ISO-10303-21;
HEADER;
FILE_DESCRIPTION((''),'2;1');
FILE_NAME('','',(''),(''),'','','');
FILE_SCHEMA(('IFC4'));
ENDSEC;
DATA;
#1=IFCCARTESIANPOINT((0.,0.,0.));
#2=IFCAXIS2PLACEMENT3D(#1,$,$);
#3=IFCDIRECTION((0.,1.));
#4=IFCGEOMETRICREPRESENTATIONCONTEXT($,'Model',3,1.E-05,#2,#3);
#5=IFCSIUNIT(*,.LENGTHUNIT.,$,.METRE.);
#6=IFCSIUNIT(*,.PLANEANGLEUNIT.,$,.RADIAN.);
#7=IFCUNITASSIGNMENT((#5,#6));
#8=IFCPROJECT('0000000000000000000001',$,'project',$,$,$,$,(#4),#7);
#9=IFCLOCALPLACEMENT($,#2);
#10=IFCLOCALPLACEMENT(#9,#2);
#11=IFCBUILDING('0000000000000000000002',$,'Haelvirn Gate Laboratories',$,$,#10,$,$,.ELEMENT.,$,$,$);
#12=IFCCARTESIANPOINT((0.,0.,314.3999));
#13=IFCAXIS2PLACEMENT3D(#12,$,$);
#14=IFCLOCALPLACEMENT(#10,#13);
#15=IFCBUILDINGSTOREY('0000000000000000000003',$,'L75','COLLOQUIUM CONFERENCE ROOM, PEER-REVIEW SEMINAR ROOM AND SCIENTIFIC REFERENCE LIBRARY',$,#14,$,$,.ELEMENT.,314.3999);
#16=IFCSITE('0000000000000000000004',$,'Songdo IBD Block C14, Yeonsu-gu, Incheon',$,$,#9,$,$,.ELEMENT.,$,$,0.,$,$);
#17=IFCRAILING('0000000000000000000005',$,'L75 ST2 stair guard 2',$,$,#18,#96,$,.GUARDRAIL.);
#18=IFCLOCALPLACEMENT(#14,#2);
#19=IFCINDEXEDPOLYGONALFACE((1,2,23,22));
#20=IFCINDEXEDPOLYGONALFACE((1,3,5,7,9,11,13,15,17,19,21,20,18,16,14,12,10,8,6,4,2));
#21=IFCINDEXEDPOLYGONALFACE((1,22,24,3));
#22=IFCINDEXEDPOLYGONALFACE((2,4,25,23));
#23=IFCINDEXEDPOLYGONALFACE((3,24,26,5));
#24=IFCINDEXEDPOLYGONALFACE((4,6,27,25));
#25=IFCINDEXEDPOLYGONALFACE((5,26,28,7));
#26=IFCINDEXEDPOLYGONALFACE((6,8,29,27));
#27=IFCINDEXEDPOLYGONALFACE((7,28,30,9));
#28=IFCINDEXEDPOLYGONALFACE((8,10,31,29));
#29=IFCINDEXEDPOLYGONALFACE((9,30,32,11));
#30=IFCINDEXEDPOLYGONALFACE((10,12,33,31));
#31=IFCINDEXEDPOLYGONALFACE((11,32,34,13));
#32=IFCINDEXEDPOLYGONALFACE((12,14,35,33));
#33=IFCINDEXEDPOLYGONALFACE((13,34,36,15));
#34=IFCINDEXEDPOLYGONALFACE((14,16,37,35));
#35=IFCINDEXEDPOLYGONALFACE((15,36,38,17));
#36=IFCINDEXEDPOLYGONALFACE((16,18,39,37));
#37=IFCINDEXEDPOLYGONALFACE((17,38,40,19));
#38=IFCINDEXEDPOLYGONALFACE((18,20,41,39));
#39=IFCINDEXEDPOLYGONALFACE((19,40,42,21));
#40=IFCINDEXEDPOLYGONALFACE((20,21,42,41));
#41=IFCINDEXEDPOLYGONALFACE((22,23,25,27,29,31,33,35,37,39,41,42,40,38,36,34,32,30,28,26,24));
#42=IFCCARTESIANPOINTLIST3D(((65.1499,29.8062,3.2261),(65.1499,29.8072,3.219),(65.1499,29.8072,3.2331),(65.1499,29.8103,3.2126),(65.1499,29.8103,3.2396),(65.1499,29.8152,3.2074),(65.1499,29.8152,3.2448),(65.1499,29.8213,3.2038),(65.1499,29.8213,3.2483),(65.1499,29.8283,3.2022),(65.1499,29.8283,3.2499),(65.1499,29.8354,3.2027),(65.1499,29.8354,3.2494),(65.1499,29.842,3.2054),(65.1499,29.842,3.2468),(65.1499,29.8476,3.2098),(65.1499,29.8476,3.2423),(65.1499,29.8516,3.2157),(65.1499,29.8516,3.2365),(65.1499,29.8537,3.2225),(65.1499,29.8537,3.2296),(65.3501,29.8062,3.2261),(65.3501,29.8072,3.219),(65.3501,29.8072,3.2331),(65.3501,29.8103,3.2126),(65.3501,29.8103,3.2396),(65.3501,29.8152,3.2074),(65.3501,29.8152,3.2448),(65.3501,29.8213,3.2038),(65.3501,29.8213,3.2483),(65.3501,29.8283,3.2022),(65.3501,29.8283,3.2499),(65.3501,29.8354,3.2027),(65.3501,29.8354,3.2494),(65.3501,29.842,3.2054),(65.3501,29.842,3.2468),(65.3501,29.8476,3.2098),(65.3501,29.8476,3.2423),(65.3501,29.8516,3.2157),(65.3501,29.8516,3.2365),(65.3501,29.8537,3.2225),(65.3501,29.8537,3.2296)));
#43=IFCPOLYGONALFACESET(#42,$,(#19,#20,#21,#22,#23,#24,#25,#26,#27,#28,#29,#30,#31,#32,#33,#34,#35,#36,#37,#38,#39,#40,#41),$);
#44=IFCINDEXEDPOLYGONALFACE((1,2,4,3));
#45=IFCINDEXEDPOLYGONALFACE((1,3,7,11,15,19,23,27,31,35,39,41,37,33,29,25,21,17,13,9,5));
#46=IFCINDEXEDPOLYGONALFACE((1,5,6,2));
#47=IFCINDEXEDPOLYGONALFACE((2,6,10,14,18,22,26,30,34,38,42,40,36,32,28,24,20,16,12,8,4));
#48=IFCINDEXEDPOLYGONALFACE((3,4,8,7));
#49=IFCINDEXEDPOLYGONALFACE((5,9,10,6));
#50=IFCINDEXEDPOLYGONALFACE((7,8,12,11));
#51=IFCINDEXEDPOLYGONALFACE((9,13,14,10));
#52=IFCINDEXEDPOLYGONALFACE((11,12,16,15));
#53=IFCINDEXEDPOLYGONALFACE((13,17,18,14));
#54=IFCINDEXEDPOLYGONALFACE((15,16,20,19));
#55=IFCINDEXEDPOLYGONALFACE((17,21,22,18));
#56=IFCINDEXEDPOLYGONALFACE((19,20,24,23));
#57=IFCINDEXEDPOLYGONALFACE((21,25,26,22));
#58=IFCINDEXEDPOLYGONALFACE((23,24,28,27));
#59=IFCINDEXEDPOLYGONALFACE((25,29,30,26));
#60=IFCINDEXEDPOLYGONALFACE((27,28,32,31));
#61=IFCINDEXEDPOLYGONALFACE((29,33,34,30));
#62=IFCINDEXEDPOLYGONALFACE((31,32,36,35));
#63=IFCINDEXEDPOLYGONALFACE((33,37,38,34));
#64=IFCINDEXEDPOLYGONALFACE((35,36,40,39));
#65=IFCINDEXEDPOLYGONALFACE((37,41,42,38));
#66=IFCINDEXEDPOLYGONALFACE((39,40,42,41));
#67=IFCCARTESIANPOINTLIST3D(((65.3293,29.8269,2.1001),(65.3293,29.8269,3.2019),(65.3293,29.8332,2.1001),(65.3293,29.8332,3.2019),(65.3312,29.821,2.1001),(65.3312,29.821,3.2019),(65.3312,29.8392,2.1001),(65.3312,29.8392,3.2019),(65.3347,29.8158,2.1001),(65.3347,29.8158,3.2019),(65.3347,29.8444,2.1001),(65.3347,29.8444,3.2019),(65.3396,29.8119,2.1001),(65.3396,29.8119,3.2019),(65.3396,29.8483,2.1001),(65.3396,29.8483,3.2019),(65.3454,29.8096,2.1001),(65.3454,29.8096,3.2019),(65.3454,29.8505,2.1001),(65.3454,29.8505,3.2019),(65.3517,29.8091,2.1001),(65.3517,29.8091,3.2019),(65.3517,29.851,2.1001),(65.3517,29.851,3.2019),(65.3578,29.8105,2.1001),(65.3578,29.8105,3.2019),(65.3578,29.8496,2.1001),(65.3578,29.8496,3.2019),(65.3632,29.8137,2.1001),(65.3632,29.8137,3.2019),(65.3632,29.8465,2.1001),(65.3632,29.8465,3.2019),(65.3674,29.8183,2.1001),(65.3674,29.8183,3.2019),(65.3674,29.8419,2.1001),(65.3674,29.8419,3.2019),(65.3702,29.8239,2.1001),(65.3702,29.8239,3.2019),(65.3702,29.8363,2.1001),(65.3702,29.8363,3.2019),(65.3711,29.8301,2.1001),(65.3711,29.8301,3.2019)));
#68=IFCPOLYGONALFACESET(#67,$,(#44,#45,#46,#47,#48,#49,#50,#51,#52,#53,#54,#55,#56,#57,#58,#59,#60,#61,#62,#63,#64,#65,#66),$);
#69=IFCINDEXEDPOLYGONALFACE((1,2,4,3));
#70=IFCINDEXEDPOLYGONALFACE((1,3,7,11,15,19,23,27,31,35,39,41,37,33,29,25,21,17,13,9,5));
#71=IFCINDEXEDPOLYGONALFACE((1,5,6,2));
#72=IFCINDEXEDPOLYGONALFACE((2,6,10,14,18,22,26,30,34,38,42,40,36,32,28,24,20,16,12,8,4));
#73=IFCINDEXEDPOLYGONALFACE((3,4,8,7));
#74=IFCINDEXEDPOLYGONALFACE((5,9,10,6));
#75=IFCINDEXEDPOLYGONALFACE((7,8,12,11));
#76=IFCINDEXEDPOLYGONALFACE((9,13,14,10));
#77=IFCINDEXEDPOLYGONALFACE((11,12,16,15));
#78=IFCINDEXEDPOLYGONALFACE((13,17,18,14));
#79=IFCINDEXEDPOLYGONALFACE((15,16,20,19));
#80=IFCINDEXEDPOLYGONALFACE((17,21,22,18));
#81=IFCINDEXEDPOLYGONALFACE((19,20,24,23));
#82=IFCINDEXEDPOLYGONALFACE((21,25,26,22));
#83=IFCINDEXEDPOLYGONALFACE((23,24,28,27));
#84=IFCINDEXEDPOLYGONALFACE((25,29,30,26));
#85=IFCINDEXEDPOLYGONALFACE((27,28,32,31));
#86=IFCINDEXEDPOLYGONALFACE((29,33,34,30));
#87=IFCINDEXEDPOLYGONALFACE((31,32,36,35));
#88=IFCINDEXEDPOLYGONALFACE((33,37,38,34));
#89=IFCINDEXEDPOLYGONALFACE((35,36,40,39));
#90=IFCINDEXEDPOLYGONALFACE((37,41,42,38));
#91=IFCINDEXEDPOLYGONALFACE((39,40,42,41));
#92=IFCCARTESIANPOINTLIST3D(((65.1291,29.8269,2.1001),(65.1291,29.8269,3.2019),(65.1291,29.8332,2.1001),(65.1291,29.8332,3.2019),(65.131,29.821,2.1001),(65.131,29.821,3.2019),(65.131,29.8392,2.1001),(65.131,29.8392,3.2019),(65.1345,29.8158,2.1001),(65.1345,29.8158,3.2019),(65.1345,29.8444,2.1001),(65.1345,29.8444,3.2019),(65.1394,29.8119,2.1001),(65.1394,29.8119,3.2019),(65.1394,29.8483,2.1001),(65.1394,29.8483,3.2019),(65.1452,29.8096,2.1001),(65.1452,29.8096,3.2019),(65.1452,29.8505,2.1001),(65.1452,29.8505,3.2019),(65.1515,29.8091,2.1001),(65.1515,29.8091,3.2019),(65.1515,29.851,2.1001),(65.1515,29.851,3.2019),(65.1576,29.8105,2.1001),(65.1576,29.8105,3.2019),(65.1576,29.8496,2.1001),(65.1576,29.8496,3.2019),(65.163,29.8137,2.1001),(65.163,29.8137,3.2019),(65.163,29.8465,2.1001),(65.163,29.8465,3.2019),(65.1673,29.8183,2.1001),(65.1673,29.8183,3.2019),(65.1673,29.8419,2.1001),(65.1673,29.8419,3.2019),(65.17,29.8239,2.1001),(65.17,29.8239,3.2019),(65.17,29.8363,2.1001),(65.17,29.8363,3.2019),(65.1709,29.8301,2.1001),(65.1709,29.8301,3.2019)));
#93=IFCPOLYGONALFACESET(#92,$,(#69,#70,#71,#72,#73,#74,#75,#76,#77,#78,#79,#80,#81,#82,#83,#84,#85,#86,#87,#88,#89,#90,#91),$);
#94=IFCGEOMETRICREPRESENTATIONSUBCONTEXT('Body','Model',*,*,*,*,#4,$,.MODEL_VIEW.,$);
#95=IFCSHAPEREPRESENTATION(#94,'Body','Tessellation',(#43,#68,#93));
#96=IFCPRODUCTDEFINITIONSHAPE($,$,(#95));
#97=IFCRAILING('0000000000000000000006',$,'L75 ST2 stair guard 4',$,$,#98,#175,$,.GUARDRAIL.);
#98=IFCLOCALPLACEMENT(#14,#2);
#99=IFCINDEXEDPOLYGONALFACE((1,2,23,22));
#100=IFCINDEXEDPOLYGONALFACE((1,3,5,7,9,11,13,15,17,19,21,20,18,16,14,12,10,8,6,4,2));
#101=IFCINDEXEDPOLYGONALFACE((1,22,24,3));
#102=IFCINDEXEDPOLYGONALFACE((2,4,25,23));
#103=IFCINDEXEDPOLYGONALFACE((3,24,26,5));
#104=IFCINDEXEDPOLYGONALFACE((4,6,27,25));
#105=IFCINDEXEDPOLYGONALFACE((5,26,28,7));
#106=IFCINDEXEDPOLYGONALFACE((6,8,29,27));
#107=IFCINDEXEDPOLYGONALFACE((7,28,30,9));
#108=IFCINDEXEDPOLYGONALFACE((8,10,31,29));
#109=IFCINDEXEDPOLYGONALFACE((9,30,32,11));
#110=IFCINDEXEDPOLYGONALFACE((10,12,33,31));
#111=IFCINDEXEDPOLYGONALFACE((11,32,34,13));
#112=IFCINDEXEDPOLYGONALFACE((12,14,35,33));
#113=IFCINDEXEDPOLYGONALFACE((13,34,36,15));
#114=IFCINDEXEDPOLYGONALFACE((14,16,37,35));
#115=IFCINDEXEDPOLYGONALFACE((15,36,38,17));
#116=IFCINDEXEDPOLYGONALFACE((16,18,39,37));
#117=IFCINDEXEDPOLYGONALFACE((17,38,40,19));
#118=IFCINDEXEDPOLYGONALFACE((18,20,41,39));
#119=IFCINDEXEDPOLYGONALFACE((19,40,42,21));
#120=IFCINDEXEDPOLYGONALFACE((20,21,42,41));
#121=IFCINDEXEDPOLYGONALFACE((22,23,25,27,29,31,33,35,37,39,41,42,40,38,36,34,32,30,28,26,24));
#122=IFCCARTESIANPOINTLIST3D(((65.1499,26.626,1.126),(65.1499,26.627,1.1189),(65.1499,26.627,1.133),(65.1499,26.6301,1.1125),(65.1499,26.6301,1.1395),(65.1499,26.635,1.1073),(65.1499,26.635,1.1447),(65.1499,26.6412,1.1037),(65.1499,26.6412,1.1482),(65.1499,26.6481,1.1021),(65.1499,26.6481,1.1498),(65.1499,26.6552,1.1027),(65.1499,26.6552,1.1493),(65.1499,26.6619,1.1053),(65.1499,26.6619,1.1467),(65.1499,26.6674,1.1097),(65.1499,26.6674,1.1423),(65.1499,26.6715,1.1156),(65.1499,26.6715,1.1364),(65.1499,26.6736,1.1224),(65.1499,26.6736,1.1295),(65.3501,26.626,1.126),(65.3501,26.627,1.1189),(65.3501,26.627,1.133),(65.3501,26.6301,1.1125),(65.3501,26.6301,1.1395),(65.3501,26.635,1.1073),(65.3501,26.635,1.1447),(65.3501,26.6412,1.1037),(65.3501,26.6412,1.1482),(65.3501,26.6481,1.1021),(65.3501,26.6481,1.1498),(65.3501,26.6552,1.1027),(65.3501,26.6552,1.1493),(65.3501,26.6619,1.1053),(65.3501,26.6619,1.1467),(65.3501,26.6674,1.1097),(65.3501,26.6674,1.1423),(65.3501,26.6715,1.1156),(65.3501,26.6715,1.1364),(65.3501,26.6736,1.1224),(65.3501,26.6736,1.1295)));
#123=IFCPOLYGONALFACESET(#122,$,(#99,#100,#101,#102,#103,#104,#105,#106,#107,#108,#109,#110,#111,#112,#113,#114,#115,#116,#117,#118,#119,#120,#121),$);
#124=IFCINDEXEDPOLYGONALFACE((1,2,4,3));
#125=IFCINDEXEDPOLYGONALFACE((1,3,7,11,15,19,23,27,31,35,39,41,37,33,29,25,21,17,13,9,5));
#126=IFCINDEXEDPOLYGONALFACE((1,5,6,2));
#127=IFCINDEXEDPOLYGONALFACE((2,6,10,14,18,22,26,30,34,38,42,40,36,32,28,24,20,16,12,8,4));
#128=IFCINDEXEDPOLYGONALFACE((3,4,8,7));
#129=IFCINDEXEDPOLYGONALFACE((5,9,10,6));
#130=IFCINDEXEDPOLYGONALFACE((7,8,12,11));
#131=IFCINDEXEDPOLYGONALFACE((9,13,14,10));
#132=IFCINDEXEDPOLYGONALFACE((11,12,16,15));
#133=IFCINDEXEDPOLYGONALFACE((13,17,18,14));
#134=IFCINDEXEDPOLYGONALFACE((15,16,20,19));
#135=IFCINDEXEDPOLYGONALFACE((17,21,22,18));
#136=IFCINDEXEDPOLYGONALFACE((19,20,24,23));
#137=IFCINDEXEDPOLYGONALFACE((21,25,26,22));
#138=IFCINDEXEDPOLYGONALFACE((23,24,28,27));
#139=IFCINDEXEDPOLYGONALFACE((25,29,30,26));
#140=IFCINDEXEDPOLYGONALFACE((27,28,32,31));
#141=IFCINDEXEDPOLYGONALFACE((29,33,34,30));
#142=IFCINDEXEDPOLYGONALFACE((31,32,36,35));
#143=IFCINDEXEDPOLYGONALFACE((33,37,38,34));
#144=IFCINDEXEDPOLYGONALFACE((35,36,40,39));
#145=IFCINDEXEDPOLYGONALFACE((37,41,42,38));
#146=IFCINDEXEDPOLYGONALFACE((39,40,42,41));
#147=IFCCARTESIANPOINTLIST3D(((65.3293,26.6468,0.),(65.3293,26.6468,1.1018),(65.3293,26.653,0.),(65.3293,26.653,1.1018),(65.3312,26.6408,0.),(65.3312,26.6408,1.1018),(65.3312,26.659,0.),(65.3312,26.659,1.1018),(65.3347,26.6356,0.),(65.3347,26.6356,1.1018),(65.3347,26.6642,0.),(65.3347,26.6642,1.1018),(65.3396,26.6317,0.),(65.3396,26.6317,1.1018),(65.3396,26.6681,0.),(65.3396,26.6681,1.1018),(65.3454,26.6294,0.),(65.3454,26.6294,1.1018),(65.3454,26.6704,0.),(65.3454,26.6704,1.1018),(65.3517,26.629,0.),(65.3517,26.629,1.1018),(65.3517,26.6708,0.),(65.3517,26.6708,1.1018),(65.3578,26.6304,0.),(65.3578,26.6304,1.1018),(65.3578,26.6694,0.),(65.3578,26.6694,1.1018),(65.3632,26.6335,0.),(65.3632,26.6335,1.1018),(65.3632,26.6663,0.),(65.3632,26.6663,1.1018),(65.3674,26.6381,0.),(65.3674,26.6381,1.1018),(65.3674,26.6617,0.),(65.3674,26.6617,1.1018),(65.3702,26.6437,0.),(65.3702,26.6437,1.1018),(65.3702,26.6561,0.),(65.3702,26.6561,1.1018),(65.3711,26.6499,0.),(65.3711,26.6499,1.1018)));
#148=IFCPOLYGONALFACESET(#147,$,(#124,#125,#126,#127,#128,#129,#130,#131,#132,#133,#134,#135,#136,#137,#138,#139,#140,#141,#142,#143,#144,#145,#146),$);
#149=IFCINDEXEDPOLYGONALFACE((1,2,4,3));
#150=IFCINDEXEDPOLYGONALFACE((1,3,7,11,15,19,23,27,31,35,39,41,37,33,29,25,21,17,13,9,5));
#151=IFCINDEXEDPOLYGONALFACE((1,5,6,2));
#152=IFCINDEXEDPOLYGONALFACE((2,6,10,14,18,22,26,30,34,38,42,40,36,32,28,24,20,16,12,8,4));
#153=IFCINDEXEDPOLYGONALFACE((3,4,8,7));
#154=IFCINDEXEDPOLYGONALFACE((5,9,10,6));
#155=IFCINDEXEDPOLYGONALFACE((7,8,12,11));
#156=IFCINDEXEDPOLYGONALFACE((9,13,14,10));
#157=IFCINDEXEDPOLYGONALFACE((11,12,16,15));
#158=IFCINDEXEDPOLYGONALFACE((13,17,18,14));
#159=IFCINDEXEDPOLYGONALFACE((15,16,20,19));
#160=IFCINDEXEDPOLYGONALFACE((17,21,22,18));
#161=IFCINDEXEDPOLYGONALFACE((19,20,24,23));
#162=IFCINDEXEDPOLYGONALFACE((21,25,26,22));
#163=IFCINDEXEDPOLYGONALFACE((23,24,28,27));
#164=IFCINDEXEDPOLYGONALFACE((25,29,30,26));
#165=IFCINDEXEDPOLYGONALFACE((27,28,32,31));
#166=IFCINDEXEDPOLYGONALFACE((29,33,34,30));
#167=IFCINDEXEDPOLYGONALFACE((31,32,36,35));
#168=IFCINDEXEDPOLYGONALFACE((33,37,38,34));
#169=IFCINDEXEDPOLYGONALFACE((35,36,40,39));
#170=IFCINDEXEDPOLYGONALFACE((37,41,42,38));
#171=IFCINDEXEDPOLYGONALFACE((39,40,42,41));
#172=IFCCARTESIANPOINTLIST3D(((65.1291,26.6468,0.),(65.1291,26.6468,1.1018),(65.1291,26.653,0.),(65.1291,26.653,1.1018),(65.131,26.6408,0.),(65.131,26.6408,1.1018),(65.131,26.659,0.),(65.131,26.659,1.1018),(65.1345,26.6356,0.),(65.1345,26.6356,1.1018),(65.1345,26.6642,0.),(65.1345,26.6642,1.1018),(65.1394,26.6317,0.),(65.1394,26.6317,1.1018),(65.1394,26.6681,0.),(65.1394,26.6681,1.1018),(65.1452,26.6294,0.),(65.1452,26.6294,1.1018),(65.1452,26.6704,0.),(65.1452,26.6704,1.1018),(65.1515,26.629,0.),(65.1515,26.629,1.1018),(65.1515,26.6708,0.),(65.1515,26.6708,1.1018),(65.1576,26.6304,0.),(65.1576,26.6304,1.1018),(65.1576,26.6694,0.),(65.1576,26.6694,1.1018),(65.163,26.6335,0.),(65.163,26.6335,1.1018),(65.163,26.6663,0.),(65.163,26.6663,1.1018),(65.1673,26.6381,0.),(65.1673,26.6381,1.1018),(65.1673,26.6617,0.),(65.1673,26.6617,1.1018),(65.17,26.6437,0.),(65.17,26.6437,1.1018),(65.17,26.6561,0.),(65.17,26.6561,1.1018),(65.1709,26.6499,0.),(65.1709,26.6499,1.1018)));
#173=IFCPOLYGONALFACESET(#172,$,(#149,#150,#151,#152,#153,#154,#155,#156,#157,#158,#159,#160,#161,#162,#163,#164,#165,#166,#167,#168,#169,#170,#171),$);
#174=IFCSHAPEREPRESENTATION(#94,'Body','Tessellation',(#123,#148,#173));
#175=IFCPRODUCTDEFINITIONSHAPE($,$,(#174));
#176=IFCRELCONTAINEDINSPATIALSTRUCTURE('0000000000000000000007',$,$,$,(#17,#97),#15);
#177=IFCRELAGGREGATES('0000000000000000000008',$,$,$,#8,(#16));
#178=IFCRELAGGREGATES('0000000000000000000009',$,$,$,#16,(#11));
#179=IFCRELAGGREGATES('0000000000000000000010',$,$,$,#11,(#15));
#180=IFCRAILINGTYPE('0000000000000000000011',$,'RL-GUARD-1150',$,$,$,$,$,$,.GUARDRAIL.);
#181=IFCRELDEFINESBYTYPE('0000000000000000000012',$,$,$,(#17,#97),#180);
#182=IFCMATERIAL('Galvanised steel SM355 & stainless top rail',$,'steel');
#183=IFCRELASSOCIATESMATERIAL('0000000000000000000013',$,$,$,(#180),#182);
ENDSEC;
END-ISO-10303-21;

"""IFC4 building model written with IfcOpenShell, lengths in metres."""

from ifc_helpers import new_model, si_unit, direction, frame, origin, origin_2d, place, context, subcontext, project, spatial, circle, extrude, source, transform, mapped, material, type_object, element, save


model = new_model("IFC4")

# Units and contexts
model_context = context("Model", 3, precision=1e-05, world=origin(), true_north=direction((0.0, 1.0)))
body_context = subcontext(model_context, "Body", "Model", "MODEL_VIEW")
ifc_project = project(units=[si_unit("LENGTHUNIT", "METRE"), si_unit("PLANEANGLEUNIT", "RADIAN")], contexts=[model_context])

# Site, building, storey
site_placement = place(None, origin())
site = spatial("IfcSite", under=ifc_project, at=site_placement, Name="Songdo IBD Block C14, Yeonsu-gu, Incheon", CompositionType="ELEMENT", RefElevation=0.0)
building_placement = place(site_placement, origin())
building = spatial("IfcBuilding", under=site, at=building_placement, Name="Haelvirn Gate Laboratories", CompositionType="ELEMENT")
storey_placement = place(building_placement, frame((0.0, 0.0, 314.3999)))
storey = spatial("IfcBuildingStorey", under=building, at=storey_placement, Name="L75", Description="COLLOQUIUM CONFERENCE ROOM, PEER-REVIEW SEMINAR ROOM AND SCIENTIFIC REFERENCE LIBRARY", CompositionType="ELEMENT", Elevation=314.3999)

# Railings
ifc_material_1 = material(Name="Galvanised steel SM355 & stainless top rail", Category="steel")
railing_type_1 = type_object("IfcRailingType", Name="RL-GUARD-1150", PredefinedType="GUARDRAIL", material=ifc_material_1)
shared_shape_1 = source(origin(), body_context, "Body", "SweptSolid", [
    extrude(circle(Radius=0.0239, at=origin_2d()), frame((0.0, 0.0, 1.126), z_axis=(-1.0, 0.0, 0.0), x_axis=(0.0, -1.0, 0.0)), (0.0, 0.0, 1.0), 0.2002),
    extrude(circle(Radius=0.021, at=origin_2d()), origin(), (0.0, 0.0, 1.0), 1.1018),
    extrude(circle(Radius=0.021, at=origin_2d()), frame((-0.2002, 0.0, 0.0)), (0.0, 0.0, 1.0), 1.1018),
])
for number, where, name in (
    (1, (65.3501, 29.8301, 2.1001), "L75 ST2 stair guard 2"),
    (2, (65.3501, 26.6499, 0.0), "L75 ST2 stair guard 4"),
):
    element("IfcRailing", number, at=place(storey_placement, frame(where)), inside=storey, type_object=railing_type_1, Name=name, PredefinedType="GUARDRAIL", context=body_context, shape_type="MappedRepresentation", body=[
        mapped(shared_shape_1, transform((0.0, 0.0, 0.0), scale=1.0)),
    ])

save(model, "model.ifc")
